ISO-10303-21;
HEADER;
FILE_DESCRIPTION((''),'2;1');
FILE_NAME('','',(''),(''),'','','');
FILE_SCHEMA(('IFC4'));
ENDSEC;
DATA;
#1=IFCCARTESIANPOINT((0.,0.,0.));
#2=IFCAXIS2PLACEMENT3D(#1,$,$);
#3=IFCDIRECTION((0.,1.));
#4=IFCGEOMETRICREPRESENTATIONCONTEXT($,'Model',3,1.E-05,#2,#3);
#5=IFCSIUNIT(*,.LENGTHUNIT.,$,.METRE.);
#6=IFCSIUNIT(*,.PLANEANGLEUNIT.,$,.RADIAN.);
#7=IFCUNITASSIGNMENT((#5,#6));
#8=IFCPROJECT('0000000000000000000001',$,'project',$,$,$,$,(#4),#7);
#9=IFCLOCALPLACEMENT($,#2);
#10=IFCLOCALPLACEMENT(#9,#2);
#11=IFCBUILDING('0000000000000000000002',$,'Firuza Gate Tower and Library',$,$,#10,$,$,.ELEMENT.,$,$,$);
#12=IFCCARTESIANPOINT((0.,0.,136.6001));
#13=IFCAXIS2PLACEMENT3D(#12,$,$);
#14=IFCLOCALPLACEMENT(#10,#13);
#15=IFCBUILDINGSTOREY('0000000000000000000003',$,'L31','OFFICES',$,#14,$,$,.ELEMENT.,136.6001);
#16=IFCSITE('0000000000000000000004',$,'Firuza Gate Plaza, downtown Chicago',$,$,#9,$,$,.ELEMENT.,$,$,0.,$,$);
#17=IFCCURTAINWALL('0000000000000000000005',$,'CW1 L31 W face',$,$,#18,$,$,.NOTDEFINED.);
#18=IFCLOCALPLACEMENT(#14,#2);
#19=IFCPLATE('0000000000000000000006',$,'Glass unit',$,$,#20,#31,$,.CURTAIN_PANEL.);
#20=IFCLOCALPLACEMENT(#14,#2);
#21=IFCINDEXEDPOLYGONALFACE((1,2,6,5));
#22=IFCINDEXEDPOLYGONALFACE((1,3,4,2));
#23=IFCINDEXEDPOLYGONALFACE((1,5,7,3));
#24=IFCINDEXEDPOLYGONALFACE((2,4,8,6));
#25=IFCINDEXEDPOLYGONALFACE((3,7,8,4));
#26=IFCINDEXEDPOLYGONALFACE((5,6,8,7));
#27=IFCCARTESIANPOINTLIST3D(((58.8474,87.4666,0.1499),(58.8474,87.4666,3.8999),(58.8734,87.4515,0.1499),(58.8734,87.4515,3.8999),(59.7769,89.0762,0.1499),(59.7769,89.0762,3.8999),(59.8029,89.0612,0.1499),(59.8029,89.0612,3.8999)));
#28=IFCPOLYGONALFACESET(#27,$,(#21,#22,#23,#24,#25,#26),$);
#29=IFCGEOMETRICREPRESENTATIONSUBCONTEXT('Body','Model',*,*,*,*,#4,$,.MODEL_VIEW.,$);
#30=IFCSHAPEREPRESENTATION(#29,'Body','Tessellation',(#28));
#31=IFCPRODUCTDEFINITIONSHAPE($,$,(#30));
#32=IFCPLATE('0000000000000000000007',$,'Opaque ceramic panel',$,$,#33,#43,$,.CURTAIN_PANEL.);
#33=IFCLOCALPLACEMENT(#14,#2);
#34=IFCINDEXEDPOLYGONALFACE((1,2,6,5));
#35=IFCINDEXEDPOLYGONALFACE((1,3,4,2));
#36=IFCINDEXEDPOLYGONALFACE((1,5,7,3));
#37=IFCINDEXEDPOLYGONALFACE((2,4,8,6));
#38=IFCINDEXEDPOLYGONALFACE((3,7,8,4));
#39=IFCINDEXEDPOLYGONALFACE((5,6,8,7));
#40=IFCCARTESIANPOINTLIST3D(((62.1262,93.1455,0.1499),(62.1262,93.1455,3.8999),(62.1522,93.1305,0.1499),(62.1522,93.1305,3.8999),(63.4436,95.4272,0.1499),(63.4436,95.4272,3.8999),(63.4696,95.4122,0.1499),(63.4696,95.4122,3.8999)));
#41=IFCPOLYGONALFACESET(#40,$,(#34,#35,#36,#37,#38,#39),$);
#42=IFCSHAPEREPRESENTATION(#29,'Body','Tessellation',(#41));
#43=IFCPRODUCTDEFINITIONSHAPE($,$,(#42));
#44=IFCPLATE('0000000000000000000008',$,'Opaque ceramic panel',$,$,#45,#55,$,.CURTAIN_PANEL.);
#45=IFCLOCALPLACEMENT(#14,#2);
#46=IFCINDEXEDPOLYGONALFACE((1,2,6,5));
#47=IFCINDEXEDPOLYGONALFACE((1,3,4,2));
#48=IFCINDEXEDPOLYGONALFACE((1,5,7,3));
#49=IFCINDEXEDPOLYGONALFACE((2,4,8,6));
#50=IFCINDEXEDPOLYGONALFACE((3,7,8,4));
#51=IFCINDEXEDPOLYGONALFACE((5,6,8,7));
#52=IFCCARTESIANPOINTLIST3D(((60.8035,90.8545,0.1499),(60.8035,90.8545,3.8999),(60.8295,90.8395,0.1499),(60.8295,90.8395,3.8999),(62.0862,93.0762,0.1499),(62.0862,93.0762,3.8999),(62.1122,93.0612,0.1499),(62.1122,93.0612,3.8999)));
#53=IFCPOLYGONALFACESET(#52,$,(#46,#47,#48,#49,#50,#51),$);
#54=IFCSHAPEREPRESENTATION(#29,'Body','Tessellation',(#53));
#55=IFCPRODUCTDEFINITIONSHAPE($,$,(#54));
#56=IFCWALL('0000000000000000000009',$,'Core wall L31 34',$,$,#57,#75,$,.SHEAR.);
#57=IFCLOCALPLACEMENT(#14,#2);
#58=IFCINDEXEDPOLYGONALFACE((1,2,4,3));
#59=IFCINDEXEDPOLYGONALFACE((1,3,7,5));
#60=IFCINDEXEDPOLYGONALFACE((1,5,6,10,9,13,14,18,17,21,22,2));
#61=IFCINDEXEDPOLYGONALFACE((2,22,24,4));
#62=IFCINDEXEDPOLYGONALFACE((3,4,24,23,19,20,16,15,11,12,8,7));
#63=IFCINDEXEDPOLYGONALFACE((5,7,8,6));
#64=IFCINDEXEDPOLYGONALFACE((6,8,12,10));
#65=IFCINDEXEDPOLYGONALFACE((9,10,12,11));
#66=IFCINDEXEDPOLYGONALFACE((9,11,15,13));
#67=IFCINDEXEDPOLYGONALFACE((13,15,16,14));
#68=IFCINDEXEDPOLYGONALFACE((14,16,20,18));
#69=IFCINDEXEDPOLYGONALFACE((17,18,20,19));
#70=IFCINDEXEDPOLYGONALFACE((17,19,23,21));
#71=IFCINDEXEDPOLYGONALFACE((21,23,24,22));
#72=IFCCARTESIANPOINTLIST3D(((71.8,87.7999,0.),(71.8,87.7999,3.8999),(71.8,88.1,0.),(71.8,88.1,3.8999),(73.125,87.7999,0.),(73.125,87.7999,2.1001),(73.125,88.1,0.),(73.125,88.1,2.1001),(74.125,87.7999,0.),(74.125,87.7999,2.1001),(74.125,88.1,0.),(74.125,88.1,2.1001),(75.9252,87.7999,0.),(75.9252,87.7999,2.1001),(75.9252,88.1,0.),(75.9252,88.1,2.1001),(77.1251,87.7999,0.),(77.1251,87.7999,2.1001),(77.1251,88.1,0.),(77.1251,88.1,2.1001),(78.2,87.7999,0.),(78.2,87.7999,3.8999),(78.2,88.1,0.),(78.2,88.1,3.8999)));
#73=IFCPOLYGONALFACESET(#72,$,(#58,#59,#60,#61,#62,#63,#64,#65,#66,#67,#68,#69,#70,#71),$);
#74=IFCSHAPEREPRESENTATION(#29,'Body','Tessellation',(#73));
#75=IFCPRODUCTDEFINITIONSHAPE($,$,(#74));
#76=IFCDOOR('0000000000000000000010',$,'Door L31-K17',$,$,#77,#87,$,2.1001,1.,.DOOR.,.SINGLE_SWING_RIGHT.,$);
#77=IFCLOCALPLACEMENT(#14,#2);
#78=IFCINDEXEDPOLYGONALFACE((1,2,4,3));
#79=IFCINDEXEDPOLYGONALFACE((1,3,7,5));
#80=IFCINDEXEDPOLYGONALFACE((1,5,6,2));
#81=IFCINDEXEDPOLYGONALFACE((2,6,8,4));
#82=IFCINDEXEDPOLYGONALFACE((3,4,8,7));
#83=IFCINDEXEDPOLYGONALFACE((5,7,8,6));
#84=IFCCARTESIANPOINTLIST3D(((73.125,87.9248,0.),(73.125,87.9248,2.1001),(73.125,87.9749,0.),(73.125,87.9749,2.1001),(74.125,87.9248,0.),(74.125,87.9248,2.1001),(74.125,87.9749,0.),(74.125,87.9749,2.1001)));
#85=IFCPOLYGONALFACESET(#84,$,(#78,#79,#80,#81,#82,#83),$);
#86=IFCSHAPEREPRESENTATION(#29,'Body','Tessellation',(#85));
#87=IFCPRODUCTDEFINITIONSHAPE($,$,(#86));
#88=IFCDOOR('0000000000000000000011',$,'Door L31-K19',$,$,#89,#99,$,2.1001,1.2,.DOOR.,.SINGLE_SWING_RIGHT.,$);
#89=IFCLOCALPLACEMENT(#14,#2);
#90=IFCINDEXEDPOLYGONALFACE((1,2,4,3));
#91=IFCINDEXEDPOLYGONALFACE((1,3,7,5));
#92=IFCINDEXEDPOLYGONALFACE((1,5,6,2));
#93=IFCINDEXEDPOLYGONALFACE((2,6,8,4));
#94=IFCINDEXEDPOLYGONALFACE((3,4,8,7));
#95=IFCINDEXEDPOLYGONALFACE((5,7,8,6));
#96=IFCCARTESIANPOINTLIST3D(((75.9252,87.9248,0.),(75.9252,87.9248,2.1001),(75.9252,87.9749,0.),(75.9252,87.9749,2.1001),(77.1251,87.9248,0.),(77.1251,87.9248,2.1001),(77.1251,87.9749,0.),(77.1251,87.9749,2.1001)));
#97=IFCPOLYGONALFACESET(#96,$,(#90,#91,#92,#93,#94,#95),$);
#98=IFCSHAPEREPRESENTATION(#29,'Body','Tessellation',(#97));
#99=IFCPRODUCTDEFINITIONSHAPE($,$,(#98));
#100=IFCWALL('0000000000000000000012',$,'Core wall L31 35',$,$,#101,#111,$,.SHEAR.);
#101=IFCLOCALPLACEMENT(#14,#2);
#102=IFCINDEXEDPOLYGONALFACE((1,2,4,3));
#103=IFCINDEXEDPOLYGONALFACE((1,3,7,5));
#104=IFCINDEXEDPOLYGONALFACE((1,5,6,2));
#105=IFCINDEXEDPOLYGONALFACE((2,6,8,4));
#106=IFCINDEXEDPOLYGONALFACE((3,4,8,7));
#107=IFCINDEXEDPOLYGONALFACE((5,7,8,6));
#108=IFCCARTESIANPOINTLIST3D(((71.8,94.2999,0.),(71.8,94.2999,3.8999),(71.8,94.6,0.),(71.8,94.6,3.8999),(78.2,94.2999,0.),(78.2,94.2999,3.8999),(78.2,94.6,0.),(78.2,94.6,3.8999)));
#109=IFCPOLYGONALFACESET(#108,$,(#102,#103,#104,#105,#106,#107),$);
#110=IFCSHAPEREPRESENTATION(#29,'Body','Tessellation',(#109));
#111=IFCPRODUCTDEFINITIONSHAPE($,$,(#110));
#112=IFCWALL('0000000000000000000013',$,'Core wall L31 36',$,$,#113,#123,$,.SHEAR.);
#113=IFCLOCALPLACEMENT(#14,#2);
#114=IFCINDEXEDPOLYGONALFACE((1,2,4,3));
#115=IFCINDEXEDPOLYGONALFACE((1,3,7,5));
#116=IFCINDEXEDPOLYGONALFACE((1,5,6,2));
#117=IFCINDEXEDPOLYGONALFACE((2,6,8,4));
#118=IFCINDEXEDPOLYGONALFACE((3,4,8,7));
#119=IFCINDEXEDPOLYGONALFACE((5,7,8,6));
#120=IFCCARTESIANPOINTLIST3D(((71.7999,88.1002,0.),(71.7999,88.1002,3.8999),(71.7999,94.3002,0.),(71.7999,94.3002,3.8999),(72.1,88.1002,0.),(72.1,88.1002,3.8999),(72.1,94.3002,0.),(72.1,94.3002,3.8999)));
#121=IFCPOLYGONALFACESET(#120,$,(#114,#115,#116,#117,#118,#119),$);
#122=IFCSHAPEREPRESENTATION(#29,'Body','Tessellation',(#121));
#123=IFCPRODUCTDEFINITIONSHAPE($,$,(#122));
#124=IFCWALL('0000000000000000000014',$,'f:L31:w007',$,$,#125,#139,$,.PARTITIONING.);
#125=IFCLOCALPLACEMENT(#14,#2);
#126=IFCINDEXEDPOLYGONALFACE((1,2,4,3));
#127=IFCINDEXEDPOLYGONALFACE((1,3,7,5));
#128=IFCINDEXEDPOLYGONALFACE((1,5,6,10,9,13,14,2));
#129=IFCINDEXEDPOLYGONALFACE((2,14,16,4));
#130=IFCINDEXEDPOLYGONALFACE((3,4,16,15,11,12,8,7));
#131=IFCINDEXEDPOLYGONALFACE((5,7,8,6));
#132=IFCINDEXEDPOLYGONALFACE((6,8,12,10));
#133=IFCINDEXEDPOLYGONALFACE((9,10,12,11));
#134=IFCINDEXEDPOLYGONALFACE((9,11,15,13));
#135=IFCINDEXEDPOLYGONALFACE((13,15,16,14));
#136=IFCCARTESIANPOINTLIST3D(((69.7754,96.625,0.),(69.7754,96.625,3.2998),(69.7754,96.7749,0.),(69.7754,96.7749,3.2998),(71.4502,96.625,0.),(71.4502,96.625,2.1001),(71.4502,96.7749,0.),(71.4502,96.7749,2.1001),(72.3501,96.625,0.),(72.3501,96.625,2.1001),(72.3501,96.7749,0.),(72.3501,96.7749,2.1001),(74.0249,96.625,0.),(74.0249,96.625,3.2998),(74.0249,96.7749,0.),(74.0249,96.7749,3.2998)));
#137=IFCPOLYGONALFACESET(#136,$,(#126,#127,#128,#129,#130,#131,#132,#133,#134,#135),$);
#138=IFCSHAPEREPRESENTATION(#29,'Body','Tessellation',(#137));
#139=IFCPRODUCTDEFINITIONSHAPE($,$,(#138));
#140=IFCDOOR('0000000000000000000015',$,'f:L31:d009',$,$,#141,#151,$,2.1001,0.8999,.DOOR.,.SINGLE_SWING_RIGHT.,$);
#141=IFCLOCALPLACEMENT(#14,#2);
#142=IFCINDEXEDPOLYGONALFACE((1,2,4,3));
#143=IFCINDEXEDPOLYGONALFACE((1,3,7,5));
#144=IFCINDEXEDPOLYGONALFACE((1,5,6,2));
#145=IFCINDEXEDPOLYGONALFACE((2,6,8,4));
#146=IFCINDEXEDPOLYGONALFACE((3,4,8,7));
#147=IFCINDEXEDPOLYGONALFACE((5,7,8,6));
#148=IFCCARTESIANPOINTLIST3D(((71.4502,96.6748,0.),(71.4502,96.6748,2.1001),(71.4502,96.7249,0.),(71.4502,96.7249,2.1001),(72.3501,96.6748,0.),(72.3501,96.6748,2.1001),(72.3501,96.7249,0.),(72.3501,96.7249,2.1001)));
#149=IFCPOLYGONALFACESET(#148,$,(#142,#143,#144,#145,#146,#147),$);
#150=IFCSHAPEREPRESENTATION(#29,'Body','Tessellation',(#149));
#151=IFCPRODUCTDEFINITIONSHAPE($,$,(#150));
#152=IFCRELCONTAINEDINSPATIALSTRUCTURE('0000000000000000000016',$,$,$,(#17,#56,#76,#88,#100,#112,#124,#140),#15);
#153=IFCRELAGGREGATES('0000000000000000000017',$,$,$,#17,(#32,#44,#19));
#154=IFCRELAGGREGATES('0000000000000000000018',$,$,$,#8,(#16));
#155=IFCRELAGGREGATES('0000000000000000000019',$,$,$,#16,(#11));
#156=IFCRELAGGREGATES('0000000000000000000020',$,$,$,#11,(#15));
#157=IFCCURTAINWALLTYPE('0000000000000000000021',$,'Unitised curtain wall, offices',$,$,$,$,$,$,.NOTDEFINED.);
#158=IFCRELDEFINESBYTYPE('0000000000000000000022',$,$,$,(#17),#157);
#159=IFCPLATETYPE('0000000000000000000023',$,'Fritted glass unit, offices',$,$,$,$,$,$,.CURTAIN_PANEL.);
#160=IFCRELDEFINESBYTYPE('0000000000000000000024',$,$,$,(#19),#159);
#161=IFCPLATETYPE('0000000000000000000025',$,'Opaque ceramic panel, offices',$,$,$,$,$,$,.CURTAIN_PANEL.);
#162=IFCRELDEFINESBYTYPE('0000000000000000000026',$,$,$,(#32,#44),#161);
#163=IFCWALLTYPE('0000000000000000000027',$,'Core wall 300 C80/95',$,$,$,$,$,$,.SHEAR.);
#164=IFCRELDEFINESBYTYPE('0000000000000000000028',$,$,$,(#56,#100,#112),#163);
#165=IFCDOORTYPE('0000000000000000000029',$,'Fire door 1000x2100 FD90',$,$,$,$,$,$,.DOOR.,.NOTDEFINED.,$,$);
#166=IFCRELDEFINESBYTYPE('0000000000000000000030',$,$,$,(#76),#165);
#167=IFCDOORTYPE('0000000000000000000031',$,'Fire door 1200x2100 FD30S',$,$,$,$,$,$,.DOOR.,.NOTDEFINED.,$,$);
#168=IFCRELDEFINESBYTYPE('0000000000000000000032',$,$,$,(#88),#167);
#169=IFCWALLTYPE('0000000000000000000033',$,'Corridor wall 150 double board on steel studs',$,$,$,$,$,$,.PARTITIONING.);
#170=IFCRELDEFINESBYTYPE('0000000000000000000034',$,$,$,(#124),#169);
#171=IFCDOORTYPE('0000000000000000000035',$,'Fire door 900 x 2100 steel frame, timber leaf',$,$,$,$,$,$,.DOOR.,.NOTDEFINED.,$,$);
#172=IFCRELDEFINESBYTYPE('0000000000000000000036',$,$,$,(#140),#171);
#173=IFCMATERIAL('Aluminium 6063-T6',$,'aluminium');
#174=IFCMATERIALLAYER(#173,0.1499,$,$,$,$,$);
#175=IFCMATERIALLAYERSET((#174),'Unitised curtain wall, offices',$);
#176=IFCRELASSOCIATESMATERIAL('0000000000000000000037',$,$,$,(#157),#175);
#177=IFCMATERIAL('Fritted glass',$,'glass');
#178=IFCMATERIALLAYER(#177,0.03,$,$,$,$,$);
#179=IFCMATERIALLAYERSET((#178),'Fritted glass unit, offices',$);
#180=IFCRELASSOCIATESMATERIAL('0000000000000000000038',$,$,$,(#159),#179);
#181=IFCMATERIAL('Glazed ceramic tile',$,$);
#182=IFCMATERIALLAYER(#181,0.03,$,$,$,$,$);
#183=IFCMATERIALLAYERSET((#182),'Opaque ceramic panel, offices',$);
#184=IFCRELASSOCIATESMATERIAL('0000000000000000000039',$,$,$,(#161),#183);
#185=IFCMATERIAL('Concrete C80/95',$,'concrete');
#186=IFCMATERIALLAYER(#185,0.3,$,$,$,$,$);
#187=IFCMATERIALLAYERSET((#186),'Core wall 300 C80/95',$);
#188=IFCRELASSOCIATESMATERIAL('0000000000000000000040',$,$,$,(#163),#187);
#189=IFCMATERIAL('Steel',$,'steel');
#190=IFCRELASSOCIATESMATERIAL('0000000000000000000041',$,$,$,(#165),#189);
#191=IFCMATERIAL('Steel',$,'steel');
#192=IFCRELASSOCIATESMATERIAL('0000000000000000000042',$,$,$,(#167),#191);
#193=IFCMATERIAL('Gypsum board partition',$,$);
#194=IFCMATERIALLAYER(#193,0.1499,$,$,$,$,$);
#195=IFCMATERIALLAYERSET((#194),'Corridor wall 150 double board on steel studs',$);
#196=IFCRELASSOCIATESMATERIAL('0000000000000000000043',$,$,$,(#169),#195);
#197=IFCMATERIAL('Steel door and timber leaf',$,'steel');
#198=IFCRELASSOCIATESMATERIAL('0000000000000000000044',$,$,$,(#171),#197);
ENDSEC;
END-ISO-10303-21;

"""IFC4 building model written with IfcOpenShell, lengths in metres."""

from ifc_helpers import new_model, si_unit, direction, frame, frame_2d, origin, place, context, subcontext, project, spatial, polyline, rectangle, outline, extrude, material, layer, layer_set, type_object, element, fill, aggregate, save


model = new_model("IFC4")

# Units and contexts
model_context = context("Model", 3, precision=1e-05, world=origin(), true_north=direction((0.0, 1.0)))
body_context = subcontext(model_context, "Body", "Model", "MODEL_VIEW")
ifc_project = project(units=[si_unit("LENGTHUNIT", "METRE"), si_unit("PLANEANGLEUNIT", "RADIAN")], contexts=[model_context])

# Site, building, storey
site_placement = place(None, origin())
site = spatial("IfcSite", under=ifc_project, at=site_placement, Name="Firuza Gate Plaza, downtown Chicago", CompositionType="ELEMENT", RefElevation=0.0)
building_placement = place(site_placement, origin())
building = spatial("IfcBuilding", under=site, at=building_placement, Name="Firuza Gate Tower and Library", CompositionType="ELEMENT")
storey_placement = place(building_placement, frame((0.0, 0.0, 136.6001)))
storey = spatial("IfcBuildingStorey", under=building, at=storey_placement, Name="L31", Description="OFFICES", CompositionType="ELEMENT", Elevation=136.6001)

# Curtain wall
ifc_material_1 = material(Name="Aluminium 6063-T6", Category="aluminium")
ifc_layer_1 = layer(ifc_material_1, 0.1499)
ifc_layer_set_1 = layer_set([ifc_layer_1], Name="Unitised curtain wall, offices")
curtain_wall_type = type_object("IfcCurtainWallType", Name="Unitised curtain wall, offices", PredefinedType="NOTDEFINED", material=ifc_layer_set_1)
placement = place(storey_placement, origin())
curtain_wall = element("IfcCurtainWall", 1, at=placement, inside=storey, type_object=curtain_wall_type, Name="CW1 L31 W face", PredefinedType="NOTDEFINED")

# Plates
ifc_material_2 = material(Name="Fritted glass", Category="glass")
ifc_layer_2 = layer(ifc_material_2, 0.03)
ifc_layer_set_2 = layer_set([ifc_layer_2], Name="Fritted glass unit, offices")
plate_type_1 = type_object("IfcPlateType", Name="Fritted glass unit, offices", PredefinedType="CURTAIN_PANEL", material=ifc_layer_set_2)
plate_1_placement = place(storey_placement, frame((59.7769, 89.0762, 0.1499), z_axis=(-0.865995, 0.500052, 0.0), x_axis=(-0.500052, -0.865995, 0.0)))
plate_1 = element("IfcPlate", 2, at=plate_1_placement, type_object=plate_type_1, Name="Glass unit", PredefinedType="CURTAIN_PANEL", context=body_context, shape_type="SweptSolid", body=[
    extrude(outline(polyline([(0.0, 0.0), (1.8587, 0.0), (1.8587, 3.75), (0.0, 3.75), (0.0, 0.0)])), origin(), (0.0, 0.0, -1.0), 0.03),
])
ifc_material_3 = material(Name="Glazed ceramic tile")
ifc_layer_3 = layer(ifc_material_3, 0.03)
ifc_layer_set_3 = layer_set([ifc_layer_3], Name="Opaque ceramic panel, offices")
plate_type_2 = type_object("IfcPlateType", Name="Opaque ceramic panel, offices", PredefinedType="CURTAIN_PANEL", material=ifc_layer_set_3)
plate_2_placement = place(storey_placement, frame((63.4436, 95.4272, 0.1499), z_axis=(-0.866022, 0.500006, 0.0), x_axis=(-0.500006, -0.866022, 0.0)))
plate_2 = element("IfcPlate", 3, at=plate_2_placement, type_object=plate_type_2, Name="Opaque ceramic panel", PredefinedType="CURTAIN_PANEL", context=body_context, shape_type="SweptSolid", body=[
    extrude(outline(polyline([(0.0, 0.0), (2.6347, 0.0), (2.6347, 3.75), (0.0, 3.75), (0.0, 0.0)])), origin(), (0.0, 0.0, -1.0), 0.03),
])
plate_3_placement = place(storey_placement, frame((62.0862, 93.0762, 0.1499), z_axis=(-0.866021, 0.500008, 0.0), x_axis=(-0.500008, -0.866021, 0.0)))
plate_3 = element("IfcPlate", 4, at=plate_3_placement, type_object=plate_type_2, Name="Opaque ceramic panel", PredefinedType="CURTAIN_PANEL", context=body_context, shape_type="SweptSolid", body=[
    extrude(outline(polyline([(0.0, 0.0), (2.5654, 0.0), (2.5654, 3.75), (0.0, 3.75), (0.0, 0.0)])), origin(), (0.0, 0.0, -1.0), 0.03),
])
aggregate(curtain_wall, [plate_2, plate_3, plate_1])

# Wall, openings, doors
ifc_material_4 = material(Name="Concrete C80/95", Category="concrete")
ifc_layer_4 = layer(ifc_material_4, 0.3)
ifc_layer_set_4 = layer_set([ifc_layer_4], Name="Core wall 300 C80/95")
wall_type_1 = type_object("IfcWallType", Name="Core wall 300 C80/95", PredefinedType="SHEAR", material=ifc_layer_set_4)
wall_1_placement = place(storey_placement, frame((71.8, 87.95, 0.0), z_axis=(0.0, 0.0, 1.0), x_axis=(1.0, 0.0, 0.0)))
wall_1 = element("IfcWall", 5, at=wall_1_placement, inside=storey, type_object=wall_type_1, Name="Core wall L31 34", PredefinedType="SHEAR", context=body_context, shape_type="SweptSolid", body=[
    extrude(rectangle(XDim=6.3999, YDim=0.3, at=frame_2d((3.2, 0.0))), origin(), (0.0, 0.0, 1.0), 3.8999),
])
opening_1_placement = place(wall_1_placement, frame((1.325, 0.0, 0.0)))
opening_1 = element("IfcOpeningElement", 6, at=opening_1_placement, cuts=wall_1, PredefinedType="OPENING", context=body_context, shape_type="SweptSolid", body=[
    extrude(rectangle(XDim=1.0, YDim=2.1001, at=frame_2d((0.5, 1.05))), frame((0.0, 0.1602, 0.0), z_axis=(0.0, -1.0, 0.0), x_axis=(1.0, 0.0, 0.0)), (0.0, 0.0, 1.0), 0.3201),
])
opening_2_placement = place(wall_1_placement, frame((4.125, 0.0, 0.0)))
opening_2 = element("IfcOpeningElement", 7, at=opening_2_placement, cuts=wall_1, PredefinedType="OPENING", context=body_context, shape_type="SweptSolid", body=[
    extrude(rectangle(XDim=1.2, YDim=2.1001, at=frame_2d((0.6001, 1.05))), frame((0.0, 0.1602, 0.0), z_axis=(0.0, -1.0, 0.0), x_axis=(1.0, 0.0, 0.0)), (0.0, 0.0, 1.0), 0.3201),
])
ifc_material_5 = material(Name="Steel", Category="steel")
door_type_1 = type_object("IfcDoorType", Name="Fire door 1000x2100 FD90", OperationType="NOTDEFINED", PredefinedType="DOOR", material=ifc_material_5)
door_1_placement = place(opening_1_placement, origin())
door_1 = element("IfcDoor", 8, at=door_1_placement, inside=storey, type_object=door_type_1, Name="Door L31-K17", OperationType="SINGLE_SWING_RIGHT", OverallHeight=2.1001, OverallWidth=1.0, PredefinedType="DOOR", context=body_context, shape_type="SweptSolid", body=[
    extrude(rectangle(XDim=1.0, YDim=2.1001, at=frame_2d((0.5, 1.05))), frame((0.0, 0.0249, 0.0), z_axis=(0.0, -1.0, 0.0), x_axis=(1.0, 0.0, 0.0)), (0.0, 0.0, 1.0), 0.05),
])
fill(opening_1, door_1)
ifc_material_6 = material(Name="Steel", Category="steel")
door_type_2 = type_object("IfcDoorType", Name="Fire door 1200x2100 FD30S", OperationType="NOTDEFINED", PredefinedType="DOOR", material=ifc_material_6)
door_2_placement = place(opening_2_placement, origin())
door_2 = element("IfcDoor", 9, at=door_2_placement, inside=storey, type_object=door_type_2, Name="Door L31-K19", OperationType="SINGLE_SWING_RIGHT", OverallHeight=2.1001, OverallWidth=1.2, PredefinedType="DOOR", context=body_context, shape_type="SweptSolid", body=[
    extrude(rectangle(XDim=1.2, YDim=2.1001, at=frame_2d((0.6001, 1.05))), frame((0.0, 0.0249, 0.0), z_axis=(0.0, -1.0, 0.0), x_axis=(1.0, 0.0, 0.0)), (0.0, 0.0, 1.0), 0.05),
])
fill(opening_2, door_2)

# Walls
wall_2_placement = place(storey_placement, frame((71.8, 94.45, 0.0), z_axis=(0.0, 0.0, 1.0), x_axis=(1.0, 0.0, 0.0)))
element("IfcWall", 10, at=wall_2_placement, inside=storey, type_object=wall_type_1, Name="Core wall L31 35", PredefinedType="SHEAR", context=body_context, shape_type="SweptSolid", body=[
    extrude(rectangle(XDim=6.3999, YDim=0.3, at=frame_2d((3.2, 0.0))), origin(), (0.0, 0.0, 1.0), 3.8999),
])
wall_3_placement = place(storey_placement, frame((71.95, 88.1001, 0.0), z_axis=(0.0, 0.0, 1.0), x_axis=(0.0, 1.0, 0.0)))
element("IfcWall", 11, at=wall_3_placement, inside=storey, type_object=wall_type_1, Name="Core wall L31 36", PredefinedType="SHEAR", context=body_context, shape_type="SweptSolid", body=[
    extrude(rectangle(XDim=6.2, YDim=0.3, at=frame_2d((3.1001, 0.0))), origin(), (0.0, 0.0, 1.0), 3.8999),
])

# Wall, opening, door
ifc_material_7 = material(Name="Gypsum board partition")
ifc_layer_5 = layer(ifc_material_7, 0.1499)
ifc_layer_set_5 = layer_set([ifc_layer_5], Name="Corridor wall 150 double board on steel studs")
wall_type_2 = type_object("IfcWallType", Name="Corridor wall 150 double board on steel studs", PredefinedType="PARTITIONING", material=ifc_layer_set_5)
wall_4_placement = place(storey_placement, frame((69.7754, 96.7, 0.0), z_axis=(0.0, 0.0, 1.0), x_axis=(1.0, 0.0, 0.0)))
wall_4 = element("IfcWall", 12, at=wall_4_placement, inside=storey, type_object=wall_type_2, Name="f:L31:w007", PredefinedType="PARTITIONING", context=body_context, shape_type="SweptSolid", body=[
    extrude(rectangle(XDim=4.2495, YDim=0.1499, at=frame_2d((2.1248, 0.0))), origin(), (0.0, 0.0, 1.0), 3.2998),
])
opening_3_placement = place(wall_4_placement, frame((1.6748, 0.0, 0.0)))
opening_3 = element("IfcOpeningElement", 13, at=opening_3_placement, cuts=wall_4, PredefinedType="OPENING", context=body_context, shape_type="SweptSolid", body=[
    extrude(rectangle(XDim=0.8999, YDim=2.1001, at=frame_2d((0.45, 1.05))), frame((0.0, 0.085, 0.0), z_axis=(0.0, -1.0, 0.0), x_axis=(1.0, 0.0, 0.0)), (0.0, 0.0, 1.0), 0.1699),
])
ifc_material_8 = material(Name="Steel door and timber leaf", Category="steel")
door_type_3 = type_object("IfcDoorType", Name="Fire door 900 x 2100 steel frame, timber leaf", OperationType="NOTDEFINED", PredefinedType="DOOR", material=ifc_material_8)
door_3_placement = place(opening_3_placement, origin())
door_3 = element("IfcDoor", 14, at=door_3_placement, inside=storey, type_object=door_type_3, Name="f:L31:d009", OperationType="SINGLE_SWING_RIGHT", OverallHeight=2.1001, OverallWidth=0.8999, PredefinedType="DOOR", context=body_context, shape_type="SweptSolid", body=[
    extrude(rectangle(XDim=0.8999, YDim=2.1001, at=frame_2d((0.45, 1.05))), frame((0.0, 0.0249, 0.0), z_axis=(0.0, -1.0, 0.0), x_axis=(1.0, 0.0, 0.0)), (0.0, 0.0, 1.0), 0.05),
])
fill(opening_3, door_3)

save(model, "model.ifc")
